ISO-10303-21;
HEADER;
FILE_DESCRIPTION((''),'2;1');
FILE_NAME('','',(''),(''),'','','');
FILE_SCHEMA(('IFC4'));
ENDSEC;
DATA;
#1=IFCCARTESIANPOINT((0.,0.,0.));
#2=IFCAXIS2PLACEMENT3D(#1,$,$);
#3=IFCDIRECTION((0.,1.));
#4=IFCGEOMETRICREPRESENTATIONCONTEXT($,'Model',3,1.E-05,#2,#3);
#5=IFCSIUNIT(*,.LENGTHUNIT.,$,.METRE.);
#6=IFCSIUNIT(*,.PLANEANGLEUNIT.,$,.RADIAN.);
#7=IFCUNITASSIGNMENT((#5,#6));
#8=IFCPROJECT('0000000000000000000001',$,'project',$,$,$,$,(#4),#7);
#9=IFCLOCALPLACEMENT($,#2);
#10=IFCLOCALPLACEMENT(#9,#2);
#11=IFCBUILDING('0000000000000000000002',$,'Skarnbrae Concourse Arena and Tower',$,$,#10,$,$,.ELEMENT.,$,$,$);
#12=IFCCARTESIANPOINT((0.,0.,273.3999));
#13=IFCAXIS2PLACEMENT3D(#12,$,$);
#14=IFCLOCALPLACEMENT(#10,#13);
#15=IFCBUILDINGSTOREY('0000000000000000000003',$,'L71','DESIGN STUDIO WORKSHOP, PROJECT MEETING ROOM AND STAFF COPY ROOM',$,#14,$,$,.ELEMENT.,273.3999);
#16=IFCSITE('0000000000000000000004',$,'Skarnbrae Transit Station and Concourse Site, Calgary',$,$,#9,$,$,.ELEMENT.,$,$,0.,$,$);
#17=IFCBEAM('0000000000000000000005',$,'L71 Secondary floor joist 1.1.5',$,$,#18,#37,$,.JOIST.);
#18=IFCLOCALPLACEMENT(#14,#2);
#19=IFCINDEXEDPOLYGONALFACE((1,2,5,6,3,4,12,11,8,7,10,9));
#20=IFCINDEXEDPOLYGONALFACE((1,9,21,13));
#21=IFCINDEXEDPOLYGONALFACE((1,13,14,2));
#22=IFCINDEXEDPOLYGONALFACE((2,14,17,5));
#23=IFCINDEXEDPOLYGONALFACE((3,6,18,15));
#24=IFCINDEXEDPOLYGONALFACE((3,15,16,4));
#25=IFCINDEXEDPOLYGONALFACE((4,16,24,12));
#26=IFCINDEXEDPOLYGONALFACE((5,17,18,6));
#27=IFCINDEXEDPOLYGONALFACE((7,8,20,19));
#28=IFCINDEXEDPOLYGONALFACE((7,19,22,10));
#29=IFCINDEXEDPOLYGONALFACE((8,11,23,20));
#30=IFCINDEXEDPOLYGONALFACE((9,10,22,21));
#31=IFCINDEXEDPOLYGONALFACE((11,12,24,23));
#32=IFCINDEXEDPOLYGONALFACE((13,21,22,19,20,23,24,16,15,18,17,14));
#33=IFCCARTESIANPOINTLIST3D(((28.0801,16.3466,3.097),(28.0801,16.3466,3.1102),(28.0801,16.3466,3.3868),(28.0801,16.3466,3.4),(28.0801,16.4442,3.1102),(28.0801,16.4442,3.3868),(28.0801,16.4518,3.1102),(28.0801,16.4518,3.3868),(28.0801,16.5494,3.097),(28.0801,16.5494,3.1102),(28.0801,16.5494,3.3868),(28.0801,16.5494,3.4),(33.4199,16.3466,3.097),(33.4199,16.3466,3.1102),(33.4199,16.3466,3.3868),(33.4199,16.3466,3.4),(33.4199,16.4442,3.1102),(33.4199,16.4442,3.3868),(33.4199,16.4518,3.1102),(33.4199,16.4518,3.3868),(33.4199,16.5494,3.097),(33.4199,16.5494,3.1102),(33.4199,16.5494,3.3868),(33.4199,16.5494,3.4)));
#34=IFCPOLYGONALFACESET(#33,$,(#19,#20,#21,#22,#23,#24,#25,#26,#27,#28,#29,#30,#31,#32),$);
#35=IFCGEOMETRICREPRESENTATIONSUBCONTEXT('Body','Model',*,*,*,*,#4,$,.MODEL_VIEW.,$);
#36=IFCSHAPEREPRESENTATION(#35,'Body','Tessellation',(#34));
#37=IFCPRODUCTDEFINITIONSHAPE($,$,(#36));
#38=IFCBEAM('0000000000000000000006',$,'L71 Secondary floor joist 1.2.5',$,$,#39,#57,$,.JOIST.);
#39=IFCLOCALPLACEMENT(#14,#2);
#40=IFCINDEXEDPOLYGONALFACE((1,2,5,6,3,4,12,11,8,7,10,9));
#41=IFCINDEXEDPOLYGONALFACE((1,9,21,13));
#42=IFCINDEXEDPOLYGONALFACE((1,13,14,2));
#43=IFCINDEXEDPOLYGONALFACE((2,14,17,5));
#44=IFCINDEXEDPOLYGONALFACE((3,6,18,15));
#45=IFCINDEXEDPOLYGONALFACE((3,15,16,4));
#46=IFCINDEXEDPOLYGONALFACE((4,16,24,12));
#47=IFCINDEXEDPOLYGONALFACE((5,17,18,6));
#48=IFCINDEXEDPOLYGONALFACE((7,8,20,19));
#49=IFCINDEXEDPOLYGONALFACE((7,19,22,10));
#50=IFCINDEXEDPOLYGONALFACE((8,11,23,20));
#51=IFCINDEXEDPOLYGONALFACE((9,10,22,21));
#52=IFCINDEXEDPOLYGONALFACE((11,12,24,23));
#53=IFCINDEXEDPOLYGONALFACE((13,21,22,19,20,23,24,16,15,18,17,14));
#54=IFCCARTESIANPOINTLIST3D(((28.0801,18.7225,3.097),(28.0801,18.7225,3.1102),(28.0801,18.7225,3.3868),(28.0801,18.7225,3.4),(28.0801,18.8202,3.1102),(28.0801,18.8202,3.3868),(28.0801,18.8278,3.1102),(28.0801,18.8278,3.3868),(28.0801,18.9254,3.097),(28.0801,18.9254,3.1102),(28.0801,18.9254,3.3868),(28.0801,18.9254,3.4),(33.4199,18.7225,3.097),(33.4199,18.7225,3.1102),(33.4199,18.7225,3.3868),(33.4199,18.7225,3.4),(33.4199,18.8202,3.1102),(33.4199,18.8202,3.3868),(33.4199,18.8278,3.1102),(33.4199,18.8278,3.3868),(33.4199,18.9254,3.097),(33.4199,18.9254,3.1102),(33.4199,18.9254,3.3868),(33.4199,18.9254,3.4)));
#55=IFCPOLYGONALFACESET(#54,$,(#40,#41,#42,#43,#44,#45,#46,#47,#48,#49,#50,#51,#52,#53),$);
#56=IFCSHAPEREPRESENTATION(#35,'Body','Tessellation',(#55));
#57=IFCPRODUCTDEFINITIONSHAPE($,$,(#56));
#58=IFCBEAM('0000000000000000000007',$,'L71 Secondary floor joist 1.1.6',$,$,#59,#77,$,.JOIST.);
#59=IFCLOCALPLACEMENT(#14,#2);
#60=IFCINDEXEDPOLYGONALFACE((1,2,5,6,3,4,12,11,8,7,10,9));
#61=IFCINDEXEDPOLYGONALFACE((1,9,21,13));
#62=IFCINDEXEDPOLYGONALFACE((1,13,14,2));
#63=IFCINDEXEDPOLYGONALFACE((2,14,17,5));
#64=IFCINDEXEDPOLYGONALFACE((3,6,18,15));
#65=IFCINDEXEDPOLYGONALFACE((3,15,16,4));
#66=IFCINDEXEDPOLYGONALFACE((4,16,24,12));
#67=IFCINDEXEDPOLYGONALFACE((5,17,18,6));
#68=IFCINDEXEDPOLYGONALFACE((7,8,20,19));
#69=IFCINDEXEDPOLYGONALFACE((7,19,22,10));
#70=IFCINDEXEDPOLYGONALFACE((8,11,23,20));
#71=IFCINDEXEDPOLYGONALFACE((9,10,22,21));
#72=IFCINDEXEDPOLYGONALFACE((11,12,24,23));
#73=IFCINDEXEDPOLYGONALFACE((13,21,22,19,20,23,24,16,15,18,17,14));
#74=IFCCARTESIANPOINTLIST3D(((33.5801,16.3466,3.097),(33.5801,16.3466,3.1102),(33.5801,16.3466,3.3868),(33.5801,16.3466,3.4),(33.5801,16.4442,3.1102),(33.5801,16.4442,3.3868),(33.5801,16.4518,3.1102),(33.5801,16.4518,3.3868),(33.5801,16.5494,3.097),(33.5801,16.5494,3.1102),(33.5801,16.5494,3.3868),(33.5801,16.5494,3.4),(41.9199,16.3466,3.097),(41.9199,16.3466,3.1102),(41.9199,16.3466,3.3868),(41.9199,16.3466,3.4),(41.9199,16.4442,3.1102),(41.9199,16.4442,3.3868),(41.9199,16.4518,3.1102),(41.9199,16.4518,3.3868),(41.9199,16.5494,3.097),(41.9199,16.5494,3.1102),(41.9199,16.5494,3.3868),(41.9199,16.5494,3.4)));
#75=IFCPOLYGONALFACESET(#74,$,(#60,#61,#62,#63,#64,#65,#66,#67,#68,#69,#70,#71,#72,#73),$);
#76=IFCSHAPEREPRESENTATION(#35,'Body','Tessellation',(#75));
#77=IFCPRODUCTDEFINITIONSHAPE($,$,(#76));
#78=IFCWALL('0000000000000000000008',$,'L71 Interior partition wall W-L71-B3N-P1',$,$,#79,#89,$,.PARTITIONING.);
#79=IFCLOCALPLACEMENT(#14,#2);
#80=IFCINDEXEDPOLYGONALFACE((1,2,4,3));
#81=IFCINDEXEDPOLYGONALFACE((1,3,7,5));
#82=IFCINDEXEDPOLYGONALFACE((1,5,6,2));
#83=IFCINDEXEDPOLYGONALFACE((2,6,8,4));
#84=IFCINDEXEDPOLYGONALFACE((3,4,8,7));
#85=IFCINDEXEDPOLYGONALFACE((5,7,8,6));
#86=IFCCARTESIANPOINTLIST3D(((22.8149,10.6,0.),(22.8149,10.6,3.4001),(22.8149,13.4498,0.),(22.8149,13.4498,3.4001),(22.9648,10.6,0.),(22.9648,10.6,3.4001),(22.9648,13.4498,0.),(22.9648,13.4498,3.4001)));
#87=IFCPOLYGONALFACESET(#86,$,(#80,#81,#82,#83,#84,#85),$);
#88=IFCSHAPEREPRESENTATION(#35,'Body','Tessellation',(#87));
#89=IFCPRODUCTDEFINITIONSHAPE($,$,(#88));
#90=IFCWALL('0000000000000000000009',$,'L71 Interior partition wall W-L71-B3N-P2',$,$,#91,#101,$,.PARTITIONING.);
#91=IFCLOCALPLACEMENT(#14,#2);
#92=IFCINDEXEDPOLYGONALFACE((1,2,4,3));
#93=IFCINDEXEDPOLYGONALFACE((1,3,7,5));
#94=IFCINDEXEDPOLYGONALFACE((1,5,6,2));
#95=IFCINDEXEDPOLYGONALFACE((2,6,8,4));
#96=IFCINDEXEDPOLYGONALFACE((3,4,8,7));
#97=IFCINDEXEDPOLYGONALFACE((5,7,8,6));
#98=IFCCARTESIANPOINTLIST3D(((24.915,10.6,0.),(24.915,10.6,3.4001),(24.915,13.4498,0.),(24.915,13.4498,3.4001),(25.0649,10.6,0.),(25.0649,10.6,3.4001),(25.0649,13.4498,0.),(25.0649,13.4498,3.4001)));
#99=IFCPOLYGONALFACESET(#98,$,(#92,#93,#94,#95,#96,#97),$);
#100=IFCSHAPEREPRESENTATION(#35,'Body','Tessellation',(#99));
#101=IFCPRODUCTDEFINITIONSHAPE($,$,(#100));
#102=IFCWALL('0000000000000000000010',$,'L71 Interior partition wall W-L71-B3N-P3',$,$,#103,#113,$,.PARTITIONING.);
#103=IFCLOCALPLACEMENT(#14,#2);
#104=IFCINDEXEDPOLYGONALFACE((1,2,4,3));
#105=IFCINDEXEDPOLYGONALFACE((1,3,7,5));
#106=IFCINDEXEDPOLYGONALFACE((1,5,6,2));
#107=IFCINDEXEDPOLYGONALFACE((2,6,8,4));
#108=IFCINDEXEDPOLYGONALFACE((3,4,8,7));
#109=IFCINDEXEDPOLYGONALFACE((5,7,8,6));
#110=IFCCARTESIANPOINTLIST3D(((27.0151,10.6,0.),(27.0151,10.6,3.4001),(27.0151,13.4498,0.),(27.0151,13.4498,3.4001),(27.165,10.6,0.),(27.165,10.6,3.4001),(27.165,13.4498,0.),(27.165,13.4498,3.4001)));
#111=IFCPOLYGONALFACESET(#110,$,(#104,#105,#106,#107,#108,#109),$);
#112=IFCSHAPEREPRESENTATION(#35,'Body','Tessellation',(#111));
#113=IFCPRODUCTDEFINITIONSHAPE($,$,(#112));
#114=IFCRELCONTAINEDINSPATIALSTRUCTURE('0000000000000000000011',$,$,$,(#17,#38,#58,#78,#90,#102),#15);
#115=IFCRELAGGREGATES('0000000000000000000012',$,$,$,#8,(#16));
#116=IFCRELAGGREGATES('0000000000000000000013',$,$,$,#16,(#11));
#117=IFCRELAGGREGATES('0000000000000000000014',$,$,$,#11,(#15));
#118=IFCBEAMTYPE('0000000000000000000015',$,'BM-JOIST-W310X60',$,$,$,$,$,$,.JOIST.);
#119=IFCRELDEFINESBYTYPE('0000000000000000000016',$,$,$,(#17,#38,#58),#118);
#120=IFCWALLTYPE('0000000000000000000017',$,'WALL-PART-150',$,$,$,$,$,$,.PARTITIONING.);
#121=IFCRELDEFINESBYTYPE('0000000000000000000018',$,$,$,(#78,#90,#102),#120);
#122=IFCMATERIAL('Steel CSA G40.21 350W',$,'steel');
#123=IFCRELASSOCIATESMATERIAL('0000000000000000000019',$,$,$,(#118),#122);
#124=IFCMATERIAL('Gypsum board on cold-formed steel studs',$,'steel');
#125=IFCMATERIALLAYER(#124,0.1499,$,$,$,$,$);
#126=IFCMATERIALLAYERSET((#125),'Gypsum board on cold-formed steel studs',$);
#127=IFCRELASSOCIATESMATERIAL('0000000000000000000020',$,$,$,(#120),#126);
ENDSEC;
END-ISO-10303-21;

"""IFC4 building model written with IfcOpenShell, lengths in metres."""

from ifc_helpers import new_model, si_unit, direction, frame, frame_2d, origin, origin_2d, place, context, subcontext, project, spatial, rectangle, i_section, extrude, source, transform, mapped, material, layer, layer_set, material_profile, profile_set, type_object, element, save


model = new_model("IFC4")

# Units and contexts
model_context = context("Model", 3, precision=1e-05, world=origin(), true_north=direction((0.0, 1.0)))
body_context = subcontext(model_context, "Body", "Model", "MODEL_VIEW")
ifc_project = project(units=[si_unit("LENGTHUNIT", "METRE"), si_unit("PLANEANGLEUNIT", "RADIAN")], contexts=[model_context])

# Site, building, storey
site_placement = place(None, origin())
site = spatial("IfcSite", under=ifc_project, at=site_placement, Name="Skarnbrae Transit Station and Concourse Site, Calgary", CompositionType="ELEMENT", RefElevation=0.0)
building_placement = place(site_placement, origin())
building = spatial("IfcBuilding", under=site, at=building_placement, Name="Skarnbrae Concourse Arena and Tower", CompositionType="ELEMENT")
storey_placement = place(building_placement, frame((0.0, 0.0, 273.3999)))
storey = spatial("IfcBuildingStorey", under=building, at=storey_placement, Name="L71", Description="DESIGN STUDIO WORKSHOP, PROJECT MEETING ROOM AND STAFF COPY ROOM", CompositionType="ELEMENT", Elevation=273.3999)

# Shared definitions
ifc_material_1 = material(Name="Steel CSA G40.21 350W", Category="steel")

# Beams
ifc_material_profile_1 = material_profile(ifc_material_1, i_section(OverallWidth=0.2029, OverallDepth=0.303, WebThickness=0.0076, FlangeThickness=0.0132, at=origin_2d()), Name="W310X60")
ifc_profile_set_1 = profile_set([ifc_material_profile_1], Name="Steel CSA G40.21 350W")
beam_type_1 = type_object("IfcBeamType", Name="BM-JOIST-W310X60", PredefinedType="JOIST", material=ifc_profile_set_1)
shared_shape_1 = source(origin(), body_context, "Body", "SweptSolid", [
    extrude(i_section(OverallWidth=0.2029, OverallDepth=0.303, WebThickness=0.0076, FlangeThickness=0.0132, at=origin_2d()), origin(), (0.0, 0.0, 1.0), 5.3398),
])
for number, where, z_axis, x_axis, name in (
    (1, (28.0801, 16.448, 3.2485), (1.0, 0.0, 0.0), (0.0, 1.0, 0.0), "L71 Secondary floor joist 1.1.5"),
    (2, (28.0801, 18.824, 3.2485), (1.0, 0.0, 0.0), (0.0, 1.0, 0.0), "L71 Secondary floor joist 1.2.5"),
):
    element("IfcBeam", number, at=place(storey_placement, frame(where, z_axis=z_axis, x_axis=x_axis)), inside=storey, type_object=beam_type_1, Name=name, PredefinedType="JOIST", context=body_context, shape_type="MappedRepresentation", body=[
        mapped(shared_shape_1, transform((0.0, 0.0, 0.0))),
    ])
shared_shape_2 = source(origin(), body_context, "Body", "SweptSolid", [
    extrude(i_section(OverallWidth=0.2029, OverallDepth=0.303, WebThickness=0.0076, FlangeThickness=0.0132, at=origin_2d()), origin(), (0.0, 0.0, 1.0), 8.3398),
])
beam_1_placement = place(storey_placement, frame((33.5801, 16.448, 3.2485), z_axis=(1.0, 0.0, 0.0), x_axis=(0.0, 1.0, 0.0)))
element("IfcBeam", 3, at=beam_1_placement, inside=storey, type_object=beam_type_1, Name="L71 Secondary floor joist 1.1.6", PredefinedType="JOIST", context=body_context, shape_type="MappedRepresentation", body=[
    mapped(shared_shape_2, transform((0.0, 0.0, 0.0))),
])

# Walls
ifc_material_2 = material(Name="Gypsum board on cold-formed steel studs", Category="steel")
ifc_layer_1 = layer(ifc_material_2, 0.1499)
ifc_layer_set_1 = layer_set([ifc_layer_1], Name="Gypsum board on cold-formed steel studs")
wall_type_1 = type_object("IfcWallType", Name="WALL-PART-150", PredefinedType="PARTITIONING", material=ifc_layer_set_1)
shared_shape_3 = source(origin(), body_context, "Body", "SweptSolid", [
    extrude(rectangle(XDim=2.8499, YDim=0.1499, at=frame_2d((1.4248, 0.0))), origin(), (0.0, 0.0, 1.0), 3.4001),
])
for number, where, z_axis, x_axis, name in (
    (4, (22.8899, 10.6001, 0.0), (0.0, 0.0, 1.0), (0.0, 1.0, 0.0), "L71 Interior partition wall W-L71-B3N-P1"),
    (5, (24.99, 10.6001, 0.0), (0.0, 0.0, 1.0), (0.0, 1.0, 0.0), "L71 Interior partition wall W-L71-B3N-P2"),
    (6, (27.0901, 10.6001, 0.0), (0.0, 0.0, 1.0), (0.0, 1.0, 0.0), "L71 Interior partition wall W-L71-B3N-P3"),
):
    element("IfcWall", number, at=place(storey_placement, frame(where, z_axis=z_axis, x_axis=x_axis)), inside=storey, type_object=wall_type_1, Name=name, PredefinedType="PARTITIONING", context=body_context, shape_type="MappedRepresentation", body=[
        mapped(shared_shape_3, transform((0.0, 0.0, 0.0))),
    ])

save(model, "model.ifc")
